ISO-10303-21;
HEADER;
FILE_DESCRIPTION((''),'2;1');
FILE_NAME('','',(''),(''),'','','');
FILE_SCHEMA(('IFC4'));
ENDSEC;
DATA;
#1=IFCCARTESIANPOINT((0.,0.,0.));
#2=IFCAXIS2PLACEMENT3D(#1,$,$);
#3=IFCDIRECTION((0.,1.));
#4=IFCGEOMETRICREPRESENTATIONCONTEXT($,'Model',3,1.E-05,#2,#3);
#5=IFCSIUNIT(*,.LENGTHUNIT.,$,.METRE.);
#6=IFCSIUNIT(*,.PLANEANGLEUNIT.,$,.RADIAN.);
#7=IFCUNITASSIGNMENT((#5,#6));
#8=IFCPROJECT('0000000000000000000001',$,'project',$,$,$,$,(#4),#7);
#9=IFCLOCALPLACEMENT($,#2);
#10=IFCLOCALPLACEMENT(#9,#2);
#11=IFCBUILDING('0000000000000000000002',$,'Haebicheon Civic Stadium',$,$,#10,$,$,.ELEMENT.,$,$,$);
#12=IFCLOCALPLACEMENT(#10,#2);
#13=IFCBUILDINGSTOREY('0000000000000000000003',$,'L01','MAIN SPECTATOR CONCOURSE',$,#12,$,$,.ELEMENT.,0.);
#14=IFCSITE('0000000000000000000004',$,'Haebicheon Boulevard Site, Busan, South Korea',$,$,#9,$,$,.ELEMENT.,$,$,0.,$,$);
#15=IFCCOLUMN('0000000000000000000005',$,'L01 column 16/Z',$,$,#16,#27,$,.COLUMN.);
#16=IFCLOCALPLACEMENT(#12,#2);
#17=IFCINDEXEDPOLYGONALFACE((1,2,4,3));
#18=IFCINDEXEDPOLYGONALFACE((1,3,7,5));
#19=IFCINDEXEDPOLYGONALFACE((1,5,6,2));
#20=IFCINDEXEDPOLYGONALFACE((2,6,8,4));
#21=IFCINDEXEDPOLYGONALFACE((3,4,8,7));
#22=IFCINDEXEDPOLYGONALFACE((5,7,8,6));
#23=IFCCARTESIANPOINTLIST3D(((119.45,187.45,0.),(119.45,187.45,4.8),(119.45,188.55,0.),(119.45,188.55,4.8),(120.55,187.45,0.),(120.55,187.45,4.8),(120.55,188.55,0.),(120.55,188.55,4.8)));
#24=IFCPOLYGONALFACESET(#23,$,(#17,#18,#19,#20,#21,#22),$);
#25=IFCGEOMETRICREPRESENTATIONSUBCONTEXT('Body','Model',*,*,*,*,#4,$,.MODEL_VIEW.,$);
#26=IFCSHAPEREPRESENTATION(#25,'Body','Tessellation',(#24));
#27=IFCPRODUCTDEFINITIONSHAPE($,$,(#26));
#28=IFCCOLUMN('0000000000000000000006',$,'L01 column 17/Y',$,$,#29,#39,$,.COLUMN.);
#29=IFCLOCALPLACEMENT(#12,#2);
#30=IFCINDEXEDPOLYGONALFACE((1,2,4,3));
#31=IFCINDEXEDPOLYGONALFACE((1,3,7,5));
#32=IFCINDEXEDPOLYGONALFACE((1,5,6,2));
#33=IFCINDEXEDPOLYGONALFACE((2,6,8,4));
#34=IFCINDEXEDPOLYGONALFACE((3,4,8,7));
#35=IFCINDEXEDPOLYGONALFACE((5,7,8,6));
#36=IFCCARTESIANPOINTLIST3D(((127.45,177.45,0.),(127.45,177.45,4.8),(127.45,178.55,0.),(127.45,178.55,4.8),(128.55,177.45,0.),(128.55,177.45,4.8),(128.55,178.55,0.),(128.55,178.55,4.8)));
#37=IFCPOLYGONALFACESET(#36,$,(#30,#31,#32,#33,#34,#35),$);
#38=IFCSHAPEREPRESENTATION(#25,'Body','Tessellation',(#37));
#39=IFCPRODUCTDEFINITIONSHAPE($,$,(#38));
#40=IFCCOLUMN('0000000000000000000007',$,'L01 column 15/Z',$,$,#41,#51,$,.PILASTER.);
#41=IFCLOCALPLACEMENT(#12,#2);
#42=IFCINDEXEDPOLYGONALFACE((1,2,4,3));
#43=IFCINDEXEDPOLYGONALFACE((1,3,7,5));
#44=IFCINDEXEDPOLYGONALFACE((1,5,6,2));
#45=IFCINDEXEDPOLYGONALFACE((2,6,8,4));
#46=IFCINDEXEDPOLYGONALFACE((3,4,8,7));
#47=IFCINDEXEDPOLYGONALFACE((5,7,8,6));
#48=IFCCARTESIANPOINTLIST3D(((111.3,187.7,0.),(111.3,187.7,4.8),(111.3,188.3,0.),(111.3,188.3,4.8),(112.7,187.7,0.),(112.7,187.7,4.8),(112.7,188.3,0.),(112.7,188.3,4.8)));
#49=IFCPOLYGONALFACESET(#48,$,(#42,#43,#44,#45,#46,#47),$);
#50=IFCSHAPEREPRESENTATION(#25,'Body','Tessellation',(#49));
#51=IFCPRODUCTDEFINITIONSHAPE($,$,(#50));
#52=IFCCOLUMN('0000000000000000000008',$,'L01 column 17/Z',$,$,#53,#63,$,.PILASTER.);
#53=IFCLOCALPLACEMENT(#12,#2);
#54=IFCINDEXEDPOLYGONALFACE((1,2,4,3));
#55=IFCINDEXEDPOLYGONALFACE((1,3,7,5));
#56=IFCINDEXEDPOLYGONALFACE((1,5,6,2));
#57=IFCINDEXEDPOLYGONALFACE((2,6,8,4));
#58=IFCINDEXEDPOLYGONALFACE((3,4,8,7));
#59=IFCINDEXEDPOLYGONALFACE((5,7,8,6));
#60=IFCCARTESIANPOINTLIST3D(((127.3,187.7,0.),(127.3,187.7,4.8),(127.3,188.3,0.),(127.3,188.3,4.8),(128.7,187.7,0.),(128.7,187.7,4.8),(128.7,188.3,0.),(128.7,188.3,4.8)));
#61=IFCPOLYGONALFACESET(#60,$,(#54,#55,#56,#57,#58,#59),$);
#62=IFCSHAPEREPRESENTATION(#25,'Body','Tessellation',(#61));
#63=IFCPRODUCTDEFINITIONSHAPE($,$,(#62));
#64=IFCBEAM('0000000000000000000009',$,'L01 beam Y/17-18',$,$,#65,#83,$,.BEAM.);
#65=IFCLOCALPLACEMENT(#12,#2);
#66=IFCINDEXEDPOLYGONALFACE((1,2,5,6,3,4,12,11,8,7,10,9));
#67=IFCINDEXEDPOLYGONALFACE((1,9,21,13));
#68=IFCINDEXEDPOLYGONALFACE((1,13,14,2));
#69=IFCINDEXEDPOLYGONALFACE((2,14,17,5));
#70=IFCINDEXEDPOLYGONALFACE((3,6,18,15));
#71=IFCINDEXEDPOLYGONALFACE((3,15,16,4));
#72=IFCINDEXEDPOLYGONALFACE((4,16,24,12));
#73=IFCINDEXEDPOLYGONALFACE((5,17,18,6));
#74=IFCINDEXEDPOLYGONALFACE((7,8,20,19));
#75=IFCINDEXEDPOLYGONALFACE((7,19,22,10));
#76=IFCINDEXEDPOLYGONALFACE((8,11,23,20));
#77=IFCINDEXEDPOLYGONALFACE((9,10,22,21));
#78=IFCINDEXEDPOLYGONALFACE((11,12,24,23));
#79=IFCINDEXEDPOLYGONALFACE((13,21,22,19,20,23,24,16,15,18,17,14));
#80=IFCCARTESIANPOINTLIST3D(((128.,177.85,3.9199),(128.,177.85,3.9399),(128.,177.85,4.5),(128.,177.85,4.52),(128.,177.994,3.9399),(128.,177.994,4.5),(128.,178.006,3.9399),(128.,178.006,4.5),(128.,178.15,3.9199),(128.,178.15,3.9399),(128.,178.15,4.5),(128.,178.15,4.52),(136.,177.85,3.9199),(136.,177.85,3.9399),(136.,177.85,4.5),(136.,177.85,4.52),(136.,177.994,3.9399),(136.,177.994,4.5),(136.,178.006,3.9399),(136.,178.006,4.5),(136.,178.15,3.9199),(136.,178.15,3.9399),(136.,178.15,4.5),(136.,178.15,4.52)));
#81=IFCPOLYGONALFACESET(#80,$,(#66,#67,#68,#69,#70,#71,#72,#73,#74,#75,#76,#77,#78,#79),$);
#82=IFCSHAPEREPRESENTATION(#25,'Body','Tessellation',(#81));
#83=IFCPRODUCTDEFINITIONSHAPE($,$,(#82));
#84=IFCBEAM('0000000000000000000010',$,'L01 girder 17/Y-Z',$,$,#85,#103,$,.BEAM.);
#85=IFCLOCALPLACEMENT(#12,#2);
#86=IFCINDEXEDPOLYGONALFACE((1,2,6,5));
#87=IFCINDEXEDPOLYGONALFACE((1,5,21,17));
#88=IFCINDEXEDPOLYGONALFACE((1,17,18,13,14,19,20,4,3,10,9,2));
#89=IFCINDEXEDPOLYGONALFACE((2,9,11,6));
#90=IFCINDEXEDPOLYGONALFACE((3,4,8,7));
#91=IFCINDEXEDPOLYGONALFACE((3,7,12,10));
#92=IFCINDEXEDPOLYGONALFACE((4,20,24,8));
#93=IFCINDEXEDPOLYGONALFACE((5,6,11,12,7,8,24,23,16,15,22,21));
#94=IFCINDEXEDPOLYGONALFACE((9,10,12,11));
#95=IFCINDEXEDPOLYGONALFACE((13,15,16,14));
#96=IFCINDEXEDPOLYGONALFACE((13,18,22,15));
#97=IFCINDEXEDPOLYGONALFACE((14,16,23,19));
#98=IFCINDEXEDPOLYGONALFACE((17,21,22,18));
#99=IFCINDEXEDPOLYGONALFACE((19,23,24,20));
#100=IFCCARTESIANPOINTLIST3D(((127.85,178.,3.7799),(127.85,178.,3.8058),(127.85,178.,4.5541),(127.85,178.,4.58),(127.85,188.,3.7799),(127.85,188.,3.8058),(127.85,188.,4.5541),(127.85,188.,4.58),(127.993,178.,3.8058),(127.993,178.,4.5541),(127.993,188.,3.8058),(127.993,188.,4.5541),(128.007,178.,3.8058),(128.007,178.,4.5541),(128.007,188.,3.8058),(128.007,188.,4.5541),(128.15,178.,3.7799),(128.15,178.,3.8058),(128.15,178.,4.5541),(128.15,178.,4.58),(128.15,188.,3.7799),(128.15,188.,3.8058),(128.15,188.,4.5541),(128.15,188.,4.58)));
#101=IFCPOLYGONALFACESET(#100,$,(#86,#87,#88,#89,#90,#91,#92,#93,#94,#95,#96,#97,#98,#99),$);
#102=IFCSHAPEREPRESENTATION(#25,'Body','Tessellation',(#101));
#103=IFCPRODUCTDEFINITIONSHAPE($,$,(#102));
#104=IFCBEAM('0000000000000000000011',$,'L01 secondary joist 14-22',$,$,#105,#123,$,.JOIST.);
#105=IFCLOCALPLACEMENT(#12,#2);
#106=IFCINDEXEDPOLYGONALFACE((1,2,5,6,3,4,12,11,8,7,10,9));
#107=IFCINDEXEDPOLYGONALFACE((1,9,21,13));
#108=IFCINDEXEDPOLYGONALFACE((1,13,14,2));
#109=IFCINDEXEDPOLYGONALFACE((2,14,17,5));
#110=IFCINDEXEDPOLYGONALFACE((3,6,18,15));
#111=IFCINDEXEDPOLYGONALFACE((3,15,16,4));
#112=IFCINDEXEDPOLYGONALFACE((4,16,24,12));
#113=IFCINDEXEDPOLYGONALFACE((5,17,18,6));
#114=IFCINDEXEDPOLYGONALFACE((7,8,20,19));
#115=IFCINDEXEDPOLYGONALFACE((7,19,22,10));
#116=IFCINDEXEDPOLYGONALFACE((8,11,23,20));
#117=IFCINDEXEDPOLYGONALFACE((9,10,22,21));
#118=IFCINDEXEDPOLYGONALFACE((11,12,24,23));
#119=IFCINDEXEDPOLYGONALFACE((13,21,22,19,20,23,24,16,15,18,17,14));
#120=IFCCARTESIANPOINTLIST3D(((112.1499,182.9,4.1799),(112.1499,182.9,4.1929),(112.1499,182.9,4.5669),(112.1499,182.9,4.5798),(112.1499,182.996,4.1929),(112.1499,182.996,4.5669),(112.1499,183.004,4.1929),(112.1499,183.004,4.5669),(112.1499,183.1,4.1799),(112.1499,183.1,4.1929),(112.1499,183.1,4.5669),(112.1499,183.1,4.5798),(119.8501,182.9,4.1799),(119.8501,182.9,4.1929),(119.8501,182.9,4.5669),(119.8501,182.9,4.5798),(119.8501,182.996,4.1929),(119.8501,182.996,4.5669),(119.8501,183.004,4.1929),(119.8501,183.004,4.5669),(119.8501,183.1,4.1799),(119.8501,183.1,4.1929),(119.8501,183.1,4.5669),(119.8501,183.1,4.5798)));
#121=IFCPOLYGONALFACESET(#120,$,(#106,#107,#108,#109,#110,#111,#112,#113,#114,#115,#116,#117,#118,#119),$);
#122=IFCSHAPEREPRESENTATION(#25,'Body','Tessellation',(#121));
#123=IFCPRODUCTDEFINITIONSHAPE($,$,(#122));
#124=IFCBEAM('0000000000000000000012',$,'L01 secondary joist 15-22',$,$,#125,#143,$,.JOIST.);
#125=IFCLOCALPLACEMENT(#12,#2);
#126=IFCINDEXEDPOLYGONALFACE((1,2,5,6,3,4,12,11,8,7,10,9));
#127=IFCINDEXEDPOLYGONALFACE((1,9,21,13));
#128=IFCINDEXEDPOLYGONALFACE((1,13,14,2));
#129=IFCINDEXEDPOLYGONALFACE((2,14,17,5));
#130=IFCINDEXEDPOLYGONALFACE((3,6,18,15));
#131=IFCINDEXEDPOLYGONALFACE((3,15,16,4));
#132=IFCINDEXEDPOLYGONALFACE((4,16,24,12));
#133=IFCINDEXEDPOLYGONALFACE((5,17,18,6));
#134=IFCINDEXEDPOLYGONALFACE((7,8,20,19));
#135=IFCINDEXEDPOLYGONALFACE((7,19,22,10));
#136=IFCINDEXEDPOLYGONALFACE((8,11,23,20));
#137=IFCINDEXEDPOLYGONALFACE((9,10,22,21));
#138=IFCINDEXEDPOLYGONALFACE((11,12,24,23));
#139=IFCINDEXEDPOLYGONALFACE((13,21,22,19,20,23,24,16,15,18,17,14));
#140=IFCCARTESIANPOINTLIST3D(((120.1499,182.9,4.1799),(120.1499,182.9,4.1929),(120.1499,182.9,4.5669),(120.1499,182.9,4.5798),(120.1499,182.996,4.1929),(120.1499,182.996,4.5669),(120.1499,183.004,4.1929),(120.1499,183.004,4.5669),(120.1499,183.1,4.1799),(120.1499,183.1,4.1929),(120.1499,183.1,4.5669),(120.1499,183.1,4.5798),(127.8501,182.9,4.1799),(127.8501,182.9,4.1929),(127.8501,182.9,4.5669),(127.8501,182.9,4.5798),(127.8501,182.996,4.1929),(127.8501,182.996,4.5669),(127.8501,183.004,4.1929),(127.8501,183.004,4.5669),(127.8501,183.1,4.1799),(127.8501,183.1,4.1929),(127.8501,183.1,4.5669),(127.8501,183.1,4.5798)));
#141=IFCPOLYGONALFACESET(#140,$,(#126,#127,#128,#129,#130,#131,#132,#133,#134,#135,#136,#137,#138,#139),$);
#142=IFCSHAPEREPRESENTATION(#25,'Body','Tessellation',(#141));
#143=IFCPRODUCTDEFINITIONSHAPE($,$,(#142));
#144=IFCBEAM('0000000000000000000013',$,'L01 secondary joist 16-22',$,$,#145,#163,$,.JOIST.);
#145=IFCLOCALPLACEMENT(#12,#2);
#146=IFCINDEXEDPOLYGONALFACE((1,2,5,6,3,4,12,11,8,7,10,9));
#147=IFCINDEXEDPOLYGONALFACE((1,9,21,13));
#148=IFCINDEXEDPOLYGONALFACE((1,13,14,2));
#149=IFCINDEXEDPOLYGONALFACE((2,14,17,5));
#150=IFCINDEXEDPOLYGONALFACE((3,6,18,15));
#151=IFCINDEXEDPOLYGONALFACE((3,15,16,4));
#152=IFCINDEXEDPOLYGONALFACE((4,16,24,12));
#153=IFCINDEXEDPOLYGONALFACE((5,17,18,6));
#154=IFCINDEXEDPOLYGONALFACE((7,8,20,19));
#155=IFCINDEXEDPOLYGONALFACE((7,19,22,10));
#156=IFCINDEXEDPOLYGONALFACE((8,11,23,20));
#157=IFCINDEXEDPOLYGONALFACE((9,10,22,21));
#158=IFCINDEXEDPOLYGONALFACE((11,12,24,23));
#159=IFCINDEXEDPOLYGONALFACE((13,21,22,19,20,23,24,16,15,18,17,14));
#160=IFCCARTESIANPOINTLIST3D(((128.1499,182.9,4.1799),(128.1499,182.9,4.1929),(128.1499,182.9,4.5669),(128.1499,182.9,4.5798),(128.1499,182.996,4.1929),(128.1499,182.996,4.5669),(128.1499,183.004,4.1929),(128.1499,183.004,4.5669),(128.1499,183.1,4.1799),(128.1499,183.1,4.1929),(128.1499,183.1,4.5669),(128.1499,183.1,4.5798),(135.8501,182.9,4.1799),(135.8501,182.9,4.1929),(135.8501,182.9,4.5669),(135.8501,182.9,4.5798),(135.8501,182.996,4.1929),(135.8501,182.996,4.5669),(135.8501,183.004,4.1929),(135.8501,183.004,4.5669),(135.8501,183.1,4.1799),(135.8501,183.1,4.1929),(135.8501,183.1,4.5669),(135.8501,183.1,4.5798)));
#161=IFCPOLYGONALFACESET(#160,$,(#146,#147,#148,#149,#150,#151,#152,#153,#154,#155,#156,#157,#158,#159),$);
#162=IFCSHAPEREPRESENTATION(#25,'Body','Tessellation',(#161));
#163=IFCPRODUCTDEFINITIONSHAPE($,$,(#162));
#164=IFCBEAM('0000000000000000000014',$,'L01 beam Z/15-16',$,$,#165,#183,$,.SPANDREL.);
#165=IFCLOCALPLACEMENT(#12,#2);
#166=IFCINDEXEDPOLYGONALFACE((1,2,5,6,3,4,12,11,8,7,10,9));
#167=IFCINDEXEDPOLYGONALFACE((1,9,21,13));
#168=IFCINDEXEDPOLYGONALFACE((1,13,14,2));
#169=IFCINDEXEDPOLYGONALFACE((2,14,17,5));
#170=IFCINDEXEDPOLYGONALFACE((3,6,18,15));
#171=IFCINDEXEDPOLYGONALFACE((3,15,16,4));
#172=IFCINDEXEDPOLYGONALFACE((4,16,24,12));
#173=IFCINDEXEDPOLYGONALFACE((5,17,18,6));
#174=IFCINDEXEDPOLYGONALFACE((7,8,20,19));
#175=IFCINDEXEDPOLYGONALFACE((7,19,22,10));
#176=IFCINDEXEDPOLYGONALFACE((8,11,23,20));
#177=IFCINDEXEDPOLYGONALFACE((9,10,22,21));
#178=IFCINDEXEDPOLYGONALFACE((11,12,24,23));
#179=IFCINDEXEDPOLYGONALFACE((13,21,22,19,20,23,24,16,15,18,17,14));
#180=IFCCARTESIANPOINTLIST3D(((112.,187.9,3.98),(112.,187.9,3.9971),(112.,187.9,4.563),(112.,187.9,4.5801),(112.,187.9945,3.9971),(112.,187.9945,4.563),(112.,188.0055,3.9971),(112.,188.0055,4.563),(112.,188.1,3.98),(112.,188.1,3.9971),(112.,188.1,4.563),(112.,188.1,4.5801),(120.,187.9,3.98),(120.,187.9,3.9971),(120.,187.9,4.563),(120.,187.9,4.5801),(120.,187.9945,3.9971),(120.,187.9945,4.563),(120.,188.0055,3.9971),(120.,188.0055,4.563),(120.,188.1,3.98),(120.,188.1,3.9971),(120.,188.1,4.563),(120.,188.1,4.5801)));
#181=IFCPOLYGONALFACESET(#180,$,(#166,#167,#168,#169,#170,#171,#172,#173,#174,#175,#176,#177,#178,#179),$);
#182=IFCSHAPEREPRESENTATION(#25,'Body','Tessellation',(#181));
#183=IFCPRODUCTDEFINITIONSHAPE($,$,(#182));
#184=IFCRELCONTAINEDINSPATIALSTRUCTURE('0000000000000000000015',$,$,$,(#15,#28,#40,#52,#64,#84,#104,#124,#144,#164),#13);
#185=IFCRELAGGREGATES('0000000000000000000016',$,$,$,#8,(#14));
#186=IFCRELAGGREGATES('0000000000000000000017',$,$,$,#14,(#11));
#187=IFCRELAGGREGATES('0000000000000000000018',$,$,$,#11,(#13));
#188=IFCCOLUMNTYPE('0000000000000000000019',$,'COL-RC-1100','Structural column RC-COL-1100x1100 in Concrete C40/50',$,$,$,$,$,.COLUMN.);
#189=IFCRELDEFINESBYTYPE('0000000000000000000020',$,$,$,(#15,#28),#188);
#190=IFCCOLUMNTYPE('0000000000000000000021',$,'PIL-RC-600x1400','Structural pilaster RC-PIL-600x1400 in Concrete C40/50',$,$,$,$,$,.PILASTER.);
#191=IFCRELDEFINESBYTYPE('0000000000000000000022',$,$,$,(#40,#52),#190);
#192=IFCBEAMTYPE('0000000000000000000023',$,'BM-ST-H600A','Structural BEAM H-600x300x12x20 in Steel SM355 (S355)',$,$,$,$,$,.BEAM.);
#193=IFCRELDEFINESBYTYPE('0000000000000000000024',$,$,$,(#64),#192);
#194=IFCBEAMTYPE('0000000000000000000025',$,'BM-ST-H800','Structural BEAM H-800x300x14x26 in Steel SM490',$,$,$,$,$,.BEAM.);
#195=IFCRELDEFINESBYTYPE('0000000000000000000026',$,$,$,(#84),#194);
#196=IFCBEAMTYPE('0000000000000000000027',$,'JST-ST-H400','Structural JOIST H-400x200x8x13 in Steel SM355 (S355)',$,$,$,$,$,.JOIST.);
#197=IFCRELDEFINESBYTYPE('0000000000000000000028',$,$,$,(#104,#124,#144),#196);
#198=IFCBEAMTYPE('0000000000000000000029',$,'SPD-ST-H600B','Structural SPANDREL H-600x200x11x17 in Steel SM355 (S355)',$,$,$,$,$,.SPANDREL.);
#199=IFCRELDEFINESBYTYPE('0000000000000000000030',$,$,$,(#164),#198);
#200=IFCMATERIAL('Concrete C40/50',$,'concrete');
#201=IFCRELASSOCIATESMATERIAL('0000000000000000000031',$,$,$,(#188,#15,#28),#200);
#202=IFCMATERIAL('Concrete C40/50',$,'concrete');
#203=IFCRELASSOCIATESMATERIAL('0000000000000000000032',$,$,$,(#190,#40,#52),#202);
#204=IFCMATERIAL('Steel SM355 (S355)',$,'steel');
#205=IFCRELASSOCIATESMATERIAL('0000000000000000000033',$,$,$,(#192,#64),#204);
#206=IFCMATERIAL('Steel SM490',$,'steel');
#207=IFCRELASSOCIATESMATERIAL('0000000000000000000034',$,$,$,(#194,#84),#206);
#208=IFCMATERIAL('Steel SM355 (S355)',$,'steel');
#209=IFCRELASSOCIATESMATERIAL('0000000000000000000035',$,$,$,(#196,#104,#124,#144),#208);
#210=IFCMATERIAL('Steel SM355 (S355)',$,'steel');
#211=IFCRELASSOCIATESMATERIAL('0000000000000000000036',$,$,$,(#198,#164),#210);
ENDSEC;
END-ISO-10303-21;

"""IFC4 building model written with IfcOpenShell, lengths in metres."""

from ifc_helpers import new_model, si_unit, direction, frame, origin, origin_2d, place, context, subcontext, project, spatial, rectangle, i_section, extrude, material, material_profile, profile_set, type_object, element, save


model = new_model("IFC4")

# Units and contexts
model_context = context("Model", 3, precision=1e-05, world=origin(), true_north=direction((0.0, 1.0)))
body_context = subcontext(model_context, "Body", "Model", "MODEL_VIEW")
ifc_project = project(units=[si_unit("LENGTHUNIT", "METRE"), si_unit("PLANEANGLEUNIT", "RADIAN")], contexts=[model_context])

# Site, building, storey
site_placement = place(None, origin())
site = spatial("IfcSite", under=ifc_project, at=site_placement, Name="Haebicheon Boulevard Site, Busan, South Korea", CompositionType="ELEMENT", RefElevation=0.0)
building_placement = place(site_placement, origin())
building = spatial("IfcBuilding", under=site, at=building_placement, Name="Haebicheon Civic Stadium", CompositionType="ELEMENT")
storey_placement = place(building_placement, origin())
storey = spatial("IfcBuildingStorey", under=building, at=storey_placement, Name="L01", Description="MAIN SPECTATOR CONCOURSE", CompositionType="ELEMENT", Elevation=0.0)

# Columns
ifc_material_1 = material(Name="Concrete C40/50", Category="concrete")
ifc_material_profile_1 = material_profile(ifc_material_1, rectangle(XDim=1.1001, YDim=1.1001, at=origin_2d()), Name="RC-COL-1100x1100")
ifc_profile_set_1 = profile_set([ifc_material_profile_1], Name="Concrete C40/50")
column_type_1 = type_object("IfcColumnType", Name="COL-RC-1100", Description="Structural column RC-COL-1100x1100 in Concrete C40/50", PredefinedType="COLUMN", material=ifc_profile_set_1)
for number, where, z_axis, x_axis, name in (
    (1, (120.0, 188.0, 0.0), (0.0, 0.0, 1.0), (1.0, 0.0, 0.0), "L01 column 16/Z"),
    (2, (128.0, 178.0, 0.0), (0.0, 0.0, 1.0), (1.0, 0.0, 0.0), "L01 column 17/Y"),
):
    element("IfcColumn", number, at=place(storey_placement, frame(where, z_axis=z_axis, x_axis=x_axis)), inside=storey, type_object=column_type_1, material=ifc_profile_set_1, Name=name, PredefinedType="COLUMN", context=body_context, shape_type="SweptSolid", body=[
        extrude(rectangle(XDim=1.1001, YDim=1.1001, at=origin_2d()), origin(), (0.0, 0.0, 1.0), 4.8),
    ])
ifc_material_2 = material(Name="Concrete C40/50", Category="concrete")
ifc_material_profile_2 = material_profile(ifc_material_2, rectangle(XDim=0.6001, YDim=1.3999, at=origin_2d()), Name="RC-PIL-600x1400")
ifc_profile_set_2 = profile_set([ifc_material_profile_2], Name="Concrete C40/50")
column_type_2 = type_object("IfcColumnType", Name="PIL-RC-600x1400", Description="Structural pilaster RC-PIL-600x1400 in Concrete C40/50", PredefinedType="PILASTER", material=ifc_profile_set_2)
for number, where, z_axis, x_axis, name in (
    (3, (112.0, 188.0, 0.0), (0.0, 0.0, 1.0), (0.0, 1.0, 0.0), "L01 column 15/Z"),
    (4, (128.0, 188.0, 0.0), (0.0, 0.0, 1.0), (0.0, 1.0, 0.0), "L01 column 17/Z"),
):
    element("IfcColumn", number, at=place(storey_placement, frame(where, z_axis=z_axis, x_axis=x_axis)), inside=storey, type_object=column_type_2, material=ifc_profile_set_2, Name=name, PredefinedType="PILASTER", context=body_context, shape_type="SweptSolid", body=[
        extrude(rectangle(XDim=0.6001, YDim=1.3999, at=origin_2d()), origin(), (0.0, 0.0, 1.0), 4.8),
    ])

# Beams
ifc_material_3 = material(Name="Steel SM355 (S355)", Category="steel")
ifc_material_profile_3 = material_profile(ifc_material_3, i_section(OverallWidth=0.3, OverallDepth=0.6001, WebThickness=0.012, FlangeThickness=0.02, at=origin_2d()), Name="H-600x300x12x20")
ifc_profile_set_3 = profile_set([ifc_material_profile_3], Name="Steel SM355 (S355)")
beam_type_1 = type_object("IfcBeamType", Name="BM-ST-H600A", Description="Structural BEAM H-600x300x12x20 in Steel SM355 (S355)", PredefinedType="BEAM", material=ifc_profile_set_3)
beam_1_placement = place(storey_placement, frame((128.0, 178.0, 4.22), z_axis=(1.0, 0.0, 0.0), x_axis=(0.0, 1.0, 0.0)))
element("IfcBeam", 5, at=beam_1_placement, inside=storey, type_object=beam_type_1, material=ifc_profile_set_3, Name="L01 beam Y/17-18", PredefinedType="BEAM", context=body_context, shape_type="SweptSolid", body=[
    extrude(i_section(OverallWidth=0.3, OverallDepth=0.6001, WebThickness=0.012, FlangeThickness=0.02, at=origin_2d()), origin(), (0.0, 0.0, 1.0), 8.0),
])
ifc_material_4 = material(Name="Steel SM490", Category="steel")
ifc_material_profile_4 = material_profile(ifc_material_4, i_section(OverallWidth=0.3, OverallDepth=0.8, WebThickness=0.0139, FlangeThickness=0.0259, at=origin_2d()), Name="H-800x300x14x26")
ifc_profile_set_4 = profile_set([ifc_material_profile_4], Name="Steel SM490")
beam_type_2 = type_object("IfcBeamType", Name="BM-ST-H800", Description="Structural BEAM H-800x300x14x26 in Steel SM490", PredefinedType="BEAM", material=ifc_profile_set_4)
beam_2_placement = place(storey_placement, frame((128.0, 178.0, 4.1799), z_axis=(0.0, 1.0, 0.0), x_axis=(-1.0, 0.0, 0.0)))
element("IfcBeam", 6, at=beam_2_placement, inside=storey, type_object=beam_type_2, material=ifc_profile_set_4, Name="L01 girder 17/Y-Z", PredefinedType="BEAM", context=body_context, shape_type="SweptSolid", body=[
    extrude(i_section(OverallWidth=0.3, OverallDepth=0.8, WebThickness=0.0139, FlangeThickness=0.0259, at=origin_2d()), origin(), (0.0, 0.0, 1.0), 10.0),
])
ifc_material_5 = material(Name="Steel SM355 (S355)", Category="steel")
ifc_material_profile_5 = material_profile(ifc_material_5, i_section(OverallWidth=0.2, OverallDepth=0.3999, WebThickness=0.0081, FlangeThickness=0.0129, at=origin_2d()), Name="H-400x200x8x13")
ifc_profile_set_5 = profile_set([ifc_material_profile_5], Name="Steel SM355 (S355)")
beam_type_3 = type_object("IfcBeamType", Name="JST-ST-H400", Description="Structural JOIST H-400x200x8x13 in Steel SM355 (S355)", PredefinedType="JOIST", material=ifc_profile_set_5)
for number, where, z_axis, x_axis, name in (
    (7, (112.1499, 183.0, 4.3799), (1.0, 0.0, 0.0), (0.0, 1.0, 0.0), "L01 secondary joist 14-22"),
    (8, (120.1499, 183.0, 4.3799), (1.0, 0.0, 0.0), (0.0, 1.0, 0.0), "L01 secondary joist 15-22"),
    (9, (128.1499, 183.0, 4.3799), (1.0, 0.0, 0.0), (0.0, 1.0, 0.0), "L01 secondary joist 16-22"),
):
    element("IfcBeam", number, at=place(storey_placement, frame(where, z_axis=z_axis, x_axis=x_axis)), inside=storey, type_object=beam_type_3, material=ifc_profile_set_5, Name=name, PredefinedType="JOIST", context=body_context, shape_type="SweptSolid", body=[
        extrude(i_section(OverallWidth=0.2, OverallDepth=0.3999, WebThickness=0.0081, FlangeThickness=0.0129, at=origin_2d()), origin(), (0.0, 0.0, 1.0), 7.7002),
    ])
ifc_material_6 = material(Name="Steel SM355 (S355)", Category="steel")
ifc_material_profile_6 = material_profile(ifc_material_6, i_section(OverallWidth=0.2, OverallDepth=0.6001, WebThickness=0.011, FlangeThickness=0.0171, at=origin_2d()), Name="H-600x200x11x17")
ifc_profile_set_6 = profile_set([ifc_material_profile_6], Name="Steel SM355 (S355)")
beam_type_4 = type_object("IfcBeamType", Name="SPD-ST-H600B", Description="Structural SPANDREL H-600x200x11x17 in Steel SM355 (S355)", PredefinedType="SPANDREL", material=ifc_profile_set_6)
for number, where, z_axis, x_axis, name in (
    (10, (112.0, 188.0, 4.28), (1.0, 0.0, 0.0), (0.0, 1.0, 0.0), "L01 beam Z/15-16"),
):
    element("IfcBeam", number, at=place(storey_placement, frame(where, z_axis=z_axis, x_axis=x_axis)), inside=storey, type_object=beam_type_4, material=ifc_profile_set_6, Name=name, PredefinedType="SPANDREL", context=body_context, shape_type="SweptSolid", body=[
        extrude(i_section(OverallWidth=0.2, OverallDepth=0.6001, WebThickness=0.011, FlangeThickness=0.0171, at=origin_2d()), origin(), (0.0, 0.0, 1.0), 8.0),
    ])

save(model, "model.ifc")
